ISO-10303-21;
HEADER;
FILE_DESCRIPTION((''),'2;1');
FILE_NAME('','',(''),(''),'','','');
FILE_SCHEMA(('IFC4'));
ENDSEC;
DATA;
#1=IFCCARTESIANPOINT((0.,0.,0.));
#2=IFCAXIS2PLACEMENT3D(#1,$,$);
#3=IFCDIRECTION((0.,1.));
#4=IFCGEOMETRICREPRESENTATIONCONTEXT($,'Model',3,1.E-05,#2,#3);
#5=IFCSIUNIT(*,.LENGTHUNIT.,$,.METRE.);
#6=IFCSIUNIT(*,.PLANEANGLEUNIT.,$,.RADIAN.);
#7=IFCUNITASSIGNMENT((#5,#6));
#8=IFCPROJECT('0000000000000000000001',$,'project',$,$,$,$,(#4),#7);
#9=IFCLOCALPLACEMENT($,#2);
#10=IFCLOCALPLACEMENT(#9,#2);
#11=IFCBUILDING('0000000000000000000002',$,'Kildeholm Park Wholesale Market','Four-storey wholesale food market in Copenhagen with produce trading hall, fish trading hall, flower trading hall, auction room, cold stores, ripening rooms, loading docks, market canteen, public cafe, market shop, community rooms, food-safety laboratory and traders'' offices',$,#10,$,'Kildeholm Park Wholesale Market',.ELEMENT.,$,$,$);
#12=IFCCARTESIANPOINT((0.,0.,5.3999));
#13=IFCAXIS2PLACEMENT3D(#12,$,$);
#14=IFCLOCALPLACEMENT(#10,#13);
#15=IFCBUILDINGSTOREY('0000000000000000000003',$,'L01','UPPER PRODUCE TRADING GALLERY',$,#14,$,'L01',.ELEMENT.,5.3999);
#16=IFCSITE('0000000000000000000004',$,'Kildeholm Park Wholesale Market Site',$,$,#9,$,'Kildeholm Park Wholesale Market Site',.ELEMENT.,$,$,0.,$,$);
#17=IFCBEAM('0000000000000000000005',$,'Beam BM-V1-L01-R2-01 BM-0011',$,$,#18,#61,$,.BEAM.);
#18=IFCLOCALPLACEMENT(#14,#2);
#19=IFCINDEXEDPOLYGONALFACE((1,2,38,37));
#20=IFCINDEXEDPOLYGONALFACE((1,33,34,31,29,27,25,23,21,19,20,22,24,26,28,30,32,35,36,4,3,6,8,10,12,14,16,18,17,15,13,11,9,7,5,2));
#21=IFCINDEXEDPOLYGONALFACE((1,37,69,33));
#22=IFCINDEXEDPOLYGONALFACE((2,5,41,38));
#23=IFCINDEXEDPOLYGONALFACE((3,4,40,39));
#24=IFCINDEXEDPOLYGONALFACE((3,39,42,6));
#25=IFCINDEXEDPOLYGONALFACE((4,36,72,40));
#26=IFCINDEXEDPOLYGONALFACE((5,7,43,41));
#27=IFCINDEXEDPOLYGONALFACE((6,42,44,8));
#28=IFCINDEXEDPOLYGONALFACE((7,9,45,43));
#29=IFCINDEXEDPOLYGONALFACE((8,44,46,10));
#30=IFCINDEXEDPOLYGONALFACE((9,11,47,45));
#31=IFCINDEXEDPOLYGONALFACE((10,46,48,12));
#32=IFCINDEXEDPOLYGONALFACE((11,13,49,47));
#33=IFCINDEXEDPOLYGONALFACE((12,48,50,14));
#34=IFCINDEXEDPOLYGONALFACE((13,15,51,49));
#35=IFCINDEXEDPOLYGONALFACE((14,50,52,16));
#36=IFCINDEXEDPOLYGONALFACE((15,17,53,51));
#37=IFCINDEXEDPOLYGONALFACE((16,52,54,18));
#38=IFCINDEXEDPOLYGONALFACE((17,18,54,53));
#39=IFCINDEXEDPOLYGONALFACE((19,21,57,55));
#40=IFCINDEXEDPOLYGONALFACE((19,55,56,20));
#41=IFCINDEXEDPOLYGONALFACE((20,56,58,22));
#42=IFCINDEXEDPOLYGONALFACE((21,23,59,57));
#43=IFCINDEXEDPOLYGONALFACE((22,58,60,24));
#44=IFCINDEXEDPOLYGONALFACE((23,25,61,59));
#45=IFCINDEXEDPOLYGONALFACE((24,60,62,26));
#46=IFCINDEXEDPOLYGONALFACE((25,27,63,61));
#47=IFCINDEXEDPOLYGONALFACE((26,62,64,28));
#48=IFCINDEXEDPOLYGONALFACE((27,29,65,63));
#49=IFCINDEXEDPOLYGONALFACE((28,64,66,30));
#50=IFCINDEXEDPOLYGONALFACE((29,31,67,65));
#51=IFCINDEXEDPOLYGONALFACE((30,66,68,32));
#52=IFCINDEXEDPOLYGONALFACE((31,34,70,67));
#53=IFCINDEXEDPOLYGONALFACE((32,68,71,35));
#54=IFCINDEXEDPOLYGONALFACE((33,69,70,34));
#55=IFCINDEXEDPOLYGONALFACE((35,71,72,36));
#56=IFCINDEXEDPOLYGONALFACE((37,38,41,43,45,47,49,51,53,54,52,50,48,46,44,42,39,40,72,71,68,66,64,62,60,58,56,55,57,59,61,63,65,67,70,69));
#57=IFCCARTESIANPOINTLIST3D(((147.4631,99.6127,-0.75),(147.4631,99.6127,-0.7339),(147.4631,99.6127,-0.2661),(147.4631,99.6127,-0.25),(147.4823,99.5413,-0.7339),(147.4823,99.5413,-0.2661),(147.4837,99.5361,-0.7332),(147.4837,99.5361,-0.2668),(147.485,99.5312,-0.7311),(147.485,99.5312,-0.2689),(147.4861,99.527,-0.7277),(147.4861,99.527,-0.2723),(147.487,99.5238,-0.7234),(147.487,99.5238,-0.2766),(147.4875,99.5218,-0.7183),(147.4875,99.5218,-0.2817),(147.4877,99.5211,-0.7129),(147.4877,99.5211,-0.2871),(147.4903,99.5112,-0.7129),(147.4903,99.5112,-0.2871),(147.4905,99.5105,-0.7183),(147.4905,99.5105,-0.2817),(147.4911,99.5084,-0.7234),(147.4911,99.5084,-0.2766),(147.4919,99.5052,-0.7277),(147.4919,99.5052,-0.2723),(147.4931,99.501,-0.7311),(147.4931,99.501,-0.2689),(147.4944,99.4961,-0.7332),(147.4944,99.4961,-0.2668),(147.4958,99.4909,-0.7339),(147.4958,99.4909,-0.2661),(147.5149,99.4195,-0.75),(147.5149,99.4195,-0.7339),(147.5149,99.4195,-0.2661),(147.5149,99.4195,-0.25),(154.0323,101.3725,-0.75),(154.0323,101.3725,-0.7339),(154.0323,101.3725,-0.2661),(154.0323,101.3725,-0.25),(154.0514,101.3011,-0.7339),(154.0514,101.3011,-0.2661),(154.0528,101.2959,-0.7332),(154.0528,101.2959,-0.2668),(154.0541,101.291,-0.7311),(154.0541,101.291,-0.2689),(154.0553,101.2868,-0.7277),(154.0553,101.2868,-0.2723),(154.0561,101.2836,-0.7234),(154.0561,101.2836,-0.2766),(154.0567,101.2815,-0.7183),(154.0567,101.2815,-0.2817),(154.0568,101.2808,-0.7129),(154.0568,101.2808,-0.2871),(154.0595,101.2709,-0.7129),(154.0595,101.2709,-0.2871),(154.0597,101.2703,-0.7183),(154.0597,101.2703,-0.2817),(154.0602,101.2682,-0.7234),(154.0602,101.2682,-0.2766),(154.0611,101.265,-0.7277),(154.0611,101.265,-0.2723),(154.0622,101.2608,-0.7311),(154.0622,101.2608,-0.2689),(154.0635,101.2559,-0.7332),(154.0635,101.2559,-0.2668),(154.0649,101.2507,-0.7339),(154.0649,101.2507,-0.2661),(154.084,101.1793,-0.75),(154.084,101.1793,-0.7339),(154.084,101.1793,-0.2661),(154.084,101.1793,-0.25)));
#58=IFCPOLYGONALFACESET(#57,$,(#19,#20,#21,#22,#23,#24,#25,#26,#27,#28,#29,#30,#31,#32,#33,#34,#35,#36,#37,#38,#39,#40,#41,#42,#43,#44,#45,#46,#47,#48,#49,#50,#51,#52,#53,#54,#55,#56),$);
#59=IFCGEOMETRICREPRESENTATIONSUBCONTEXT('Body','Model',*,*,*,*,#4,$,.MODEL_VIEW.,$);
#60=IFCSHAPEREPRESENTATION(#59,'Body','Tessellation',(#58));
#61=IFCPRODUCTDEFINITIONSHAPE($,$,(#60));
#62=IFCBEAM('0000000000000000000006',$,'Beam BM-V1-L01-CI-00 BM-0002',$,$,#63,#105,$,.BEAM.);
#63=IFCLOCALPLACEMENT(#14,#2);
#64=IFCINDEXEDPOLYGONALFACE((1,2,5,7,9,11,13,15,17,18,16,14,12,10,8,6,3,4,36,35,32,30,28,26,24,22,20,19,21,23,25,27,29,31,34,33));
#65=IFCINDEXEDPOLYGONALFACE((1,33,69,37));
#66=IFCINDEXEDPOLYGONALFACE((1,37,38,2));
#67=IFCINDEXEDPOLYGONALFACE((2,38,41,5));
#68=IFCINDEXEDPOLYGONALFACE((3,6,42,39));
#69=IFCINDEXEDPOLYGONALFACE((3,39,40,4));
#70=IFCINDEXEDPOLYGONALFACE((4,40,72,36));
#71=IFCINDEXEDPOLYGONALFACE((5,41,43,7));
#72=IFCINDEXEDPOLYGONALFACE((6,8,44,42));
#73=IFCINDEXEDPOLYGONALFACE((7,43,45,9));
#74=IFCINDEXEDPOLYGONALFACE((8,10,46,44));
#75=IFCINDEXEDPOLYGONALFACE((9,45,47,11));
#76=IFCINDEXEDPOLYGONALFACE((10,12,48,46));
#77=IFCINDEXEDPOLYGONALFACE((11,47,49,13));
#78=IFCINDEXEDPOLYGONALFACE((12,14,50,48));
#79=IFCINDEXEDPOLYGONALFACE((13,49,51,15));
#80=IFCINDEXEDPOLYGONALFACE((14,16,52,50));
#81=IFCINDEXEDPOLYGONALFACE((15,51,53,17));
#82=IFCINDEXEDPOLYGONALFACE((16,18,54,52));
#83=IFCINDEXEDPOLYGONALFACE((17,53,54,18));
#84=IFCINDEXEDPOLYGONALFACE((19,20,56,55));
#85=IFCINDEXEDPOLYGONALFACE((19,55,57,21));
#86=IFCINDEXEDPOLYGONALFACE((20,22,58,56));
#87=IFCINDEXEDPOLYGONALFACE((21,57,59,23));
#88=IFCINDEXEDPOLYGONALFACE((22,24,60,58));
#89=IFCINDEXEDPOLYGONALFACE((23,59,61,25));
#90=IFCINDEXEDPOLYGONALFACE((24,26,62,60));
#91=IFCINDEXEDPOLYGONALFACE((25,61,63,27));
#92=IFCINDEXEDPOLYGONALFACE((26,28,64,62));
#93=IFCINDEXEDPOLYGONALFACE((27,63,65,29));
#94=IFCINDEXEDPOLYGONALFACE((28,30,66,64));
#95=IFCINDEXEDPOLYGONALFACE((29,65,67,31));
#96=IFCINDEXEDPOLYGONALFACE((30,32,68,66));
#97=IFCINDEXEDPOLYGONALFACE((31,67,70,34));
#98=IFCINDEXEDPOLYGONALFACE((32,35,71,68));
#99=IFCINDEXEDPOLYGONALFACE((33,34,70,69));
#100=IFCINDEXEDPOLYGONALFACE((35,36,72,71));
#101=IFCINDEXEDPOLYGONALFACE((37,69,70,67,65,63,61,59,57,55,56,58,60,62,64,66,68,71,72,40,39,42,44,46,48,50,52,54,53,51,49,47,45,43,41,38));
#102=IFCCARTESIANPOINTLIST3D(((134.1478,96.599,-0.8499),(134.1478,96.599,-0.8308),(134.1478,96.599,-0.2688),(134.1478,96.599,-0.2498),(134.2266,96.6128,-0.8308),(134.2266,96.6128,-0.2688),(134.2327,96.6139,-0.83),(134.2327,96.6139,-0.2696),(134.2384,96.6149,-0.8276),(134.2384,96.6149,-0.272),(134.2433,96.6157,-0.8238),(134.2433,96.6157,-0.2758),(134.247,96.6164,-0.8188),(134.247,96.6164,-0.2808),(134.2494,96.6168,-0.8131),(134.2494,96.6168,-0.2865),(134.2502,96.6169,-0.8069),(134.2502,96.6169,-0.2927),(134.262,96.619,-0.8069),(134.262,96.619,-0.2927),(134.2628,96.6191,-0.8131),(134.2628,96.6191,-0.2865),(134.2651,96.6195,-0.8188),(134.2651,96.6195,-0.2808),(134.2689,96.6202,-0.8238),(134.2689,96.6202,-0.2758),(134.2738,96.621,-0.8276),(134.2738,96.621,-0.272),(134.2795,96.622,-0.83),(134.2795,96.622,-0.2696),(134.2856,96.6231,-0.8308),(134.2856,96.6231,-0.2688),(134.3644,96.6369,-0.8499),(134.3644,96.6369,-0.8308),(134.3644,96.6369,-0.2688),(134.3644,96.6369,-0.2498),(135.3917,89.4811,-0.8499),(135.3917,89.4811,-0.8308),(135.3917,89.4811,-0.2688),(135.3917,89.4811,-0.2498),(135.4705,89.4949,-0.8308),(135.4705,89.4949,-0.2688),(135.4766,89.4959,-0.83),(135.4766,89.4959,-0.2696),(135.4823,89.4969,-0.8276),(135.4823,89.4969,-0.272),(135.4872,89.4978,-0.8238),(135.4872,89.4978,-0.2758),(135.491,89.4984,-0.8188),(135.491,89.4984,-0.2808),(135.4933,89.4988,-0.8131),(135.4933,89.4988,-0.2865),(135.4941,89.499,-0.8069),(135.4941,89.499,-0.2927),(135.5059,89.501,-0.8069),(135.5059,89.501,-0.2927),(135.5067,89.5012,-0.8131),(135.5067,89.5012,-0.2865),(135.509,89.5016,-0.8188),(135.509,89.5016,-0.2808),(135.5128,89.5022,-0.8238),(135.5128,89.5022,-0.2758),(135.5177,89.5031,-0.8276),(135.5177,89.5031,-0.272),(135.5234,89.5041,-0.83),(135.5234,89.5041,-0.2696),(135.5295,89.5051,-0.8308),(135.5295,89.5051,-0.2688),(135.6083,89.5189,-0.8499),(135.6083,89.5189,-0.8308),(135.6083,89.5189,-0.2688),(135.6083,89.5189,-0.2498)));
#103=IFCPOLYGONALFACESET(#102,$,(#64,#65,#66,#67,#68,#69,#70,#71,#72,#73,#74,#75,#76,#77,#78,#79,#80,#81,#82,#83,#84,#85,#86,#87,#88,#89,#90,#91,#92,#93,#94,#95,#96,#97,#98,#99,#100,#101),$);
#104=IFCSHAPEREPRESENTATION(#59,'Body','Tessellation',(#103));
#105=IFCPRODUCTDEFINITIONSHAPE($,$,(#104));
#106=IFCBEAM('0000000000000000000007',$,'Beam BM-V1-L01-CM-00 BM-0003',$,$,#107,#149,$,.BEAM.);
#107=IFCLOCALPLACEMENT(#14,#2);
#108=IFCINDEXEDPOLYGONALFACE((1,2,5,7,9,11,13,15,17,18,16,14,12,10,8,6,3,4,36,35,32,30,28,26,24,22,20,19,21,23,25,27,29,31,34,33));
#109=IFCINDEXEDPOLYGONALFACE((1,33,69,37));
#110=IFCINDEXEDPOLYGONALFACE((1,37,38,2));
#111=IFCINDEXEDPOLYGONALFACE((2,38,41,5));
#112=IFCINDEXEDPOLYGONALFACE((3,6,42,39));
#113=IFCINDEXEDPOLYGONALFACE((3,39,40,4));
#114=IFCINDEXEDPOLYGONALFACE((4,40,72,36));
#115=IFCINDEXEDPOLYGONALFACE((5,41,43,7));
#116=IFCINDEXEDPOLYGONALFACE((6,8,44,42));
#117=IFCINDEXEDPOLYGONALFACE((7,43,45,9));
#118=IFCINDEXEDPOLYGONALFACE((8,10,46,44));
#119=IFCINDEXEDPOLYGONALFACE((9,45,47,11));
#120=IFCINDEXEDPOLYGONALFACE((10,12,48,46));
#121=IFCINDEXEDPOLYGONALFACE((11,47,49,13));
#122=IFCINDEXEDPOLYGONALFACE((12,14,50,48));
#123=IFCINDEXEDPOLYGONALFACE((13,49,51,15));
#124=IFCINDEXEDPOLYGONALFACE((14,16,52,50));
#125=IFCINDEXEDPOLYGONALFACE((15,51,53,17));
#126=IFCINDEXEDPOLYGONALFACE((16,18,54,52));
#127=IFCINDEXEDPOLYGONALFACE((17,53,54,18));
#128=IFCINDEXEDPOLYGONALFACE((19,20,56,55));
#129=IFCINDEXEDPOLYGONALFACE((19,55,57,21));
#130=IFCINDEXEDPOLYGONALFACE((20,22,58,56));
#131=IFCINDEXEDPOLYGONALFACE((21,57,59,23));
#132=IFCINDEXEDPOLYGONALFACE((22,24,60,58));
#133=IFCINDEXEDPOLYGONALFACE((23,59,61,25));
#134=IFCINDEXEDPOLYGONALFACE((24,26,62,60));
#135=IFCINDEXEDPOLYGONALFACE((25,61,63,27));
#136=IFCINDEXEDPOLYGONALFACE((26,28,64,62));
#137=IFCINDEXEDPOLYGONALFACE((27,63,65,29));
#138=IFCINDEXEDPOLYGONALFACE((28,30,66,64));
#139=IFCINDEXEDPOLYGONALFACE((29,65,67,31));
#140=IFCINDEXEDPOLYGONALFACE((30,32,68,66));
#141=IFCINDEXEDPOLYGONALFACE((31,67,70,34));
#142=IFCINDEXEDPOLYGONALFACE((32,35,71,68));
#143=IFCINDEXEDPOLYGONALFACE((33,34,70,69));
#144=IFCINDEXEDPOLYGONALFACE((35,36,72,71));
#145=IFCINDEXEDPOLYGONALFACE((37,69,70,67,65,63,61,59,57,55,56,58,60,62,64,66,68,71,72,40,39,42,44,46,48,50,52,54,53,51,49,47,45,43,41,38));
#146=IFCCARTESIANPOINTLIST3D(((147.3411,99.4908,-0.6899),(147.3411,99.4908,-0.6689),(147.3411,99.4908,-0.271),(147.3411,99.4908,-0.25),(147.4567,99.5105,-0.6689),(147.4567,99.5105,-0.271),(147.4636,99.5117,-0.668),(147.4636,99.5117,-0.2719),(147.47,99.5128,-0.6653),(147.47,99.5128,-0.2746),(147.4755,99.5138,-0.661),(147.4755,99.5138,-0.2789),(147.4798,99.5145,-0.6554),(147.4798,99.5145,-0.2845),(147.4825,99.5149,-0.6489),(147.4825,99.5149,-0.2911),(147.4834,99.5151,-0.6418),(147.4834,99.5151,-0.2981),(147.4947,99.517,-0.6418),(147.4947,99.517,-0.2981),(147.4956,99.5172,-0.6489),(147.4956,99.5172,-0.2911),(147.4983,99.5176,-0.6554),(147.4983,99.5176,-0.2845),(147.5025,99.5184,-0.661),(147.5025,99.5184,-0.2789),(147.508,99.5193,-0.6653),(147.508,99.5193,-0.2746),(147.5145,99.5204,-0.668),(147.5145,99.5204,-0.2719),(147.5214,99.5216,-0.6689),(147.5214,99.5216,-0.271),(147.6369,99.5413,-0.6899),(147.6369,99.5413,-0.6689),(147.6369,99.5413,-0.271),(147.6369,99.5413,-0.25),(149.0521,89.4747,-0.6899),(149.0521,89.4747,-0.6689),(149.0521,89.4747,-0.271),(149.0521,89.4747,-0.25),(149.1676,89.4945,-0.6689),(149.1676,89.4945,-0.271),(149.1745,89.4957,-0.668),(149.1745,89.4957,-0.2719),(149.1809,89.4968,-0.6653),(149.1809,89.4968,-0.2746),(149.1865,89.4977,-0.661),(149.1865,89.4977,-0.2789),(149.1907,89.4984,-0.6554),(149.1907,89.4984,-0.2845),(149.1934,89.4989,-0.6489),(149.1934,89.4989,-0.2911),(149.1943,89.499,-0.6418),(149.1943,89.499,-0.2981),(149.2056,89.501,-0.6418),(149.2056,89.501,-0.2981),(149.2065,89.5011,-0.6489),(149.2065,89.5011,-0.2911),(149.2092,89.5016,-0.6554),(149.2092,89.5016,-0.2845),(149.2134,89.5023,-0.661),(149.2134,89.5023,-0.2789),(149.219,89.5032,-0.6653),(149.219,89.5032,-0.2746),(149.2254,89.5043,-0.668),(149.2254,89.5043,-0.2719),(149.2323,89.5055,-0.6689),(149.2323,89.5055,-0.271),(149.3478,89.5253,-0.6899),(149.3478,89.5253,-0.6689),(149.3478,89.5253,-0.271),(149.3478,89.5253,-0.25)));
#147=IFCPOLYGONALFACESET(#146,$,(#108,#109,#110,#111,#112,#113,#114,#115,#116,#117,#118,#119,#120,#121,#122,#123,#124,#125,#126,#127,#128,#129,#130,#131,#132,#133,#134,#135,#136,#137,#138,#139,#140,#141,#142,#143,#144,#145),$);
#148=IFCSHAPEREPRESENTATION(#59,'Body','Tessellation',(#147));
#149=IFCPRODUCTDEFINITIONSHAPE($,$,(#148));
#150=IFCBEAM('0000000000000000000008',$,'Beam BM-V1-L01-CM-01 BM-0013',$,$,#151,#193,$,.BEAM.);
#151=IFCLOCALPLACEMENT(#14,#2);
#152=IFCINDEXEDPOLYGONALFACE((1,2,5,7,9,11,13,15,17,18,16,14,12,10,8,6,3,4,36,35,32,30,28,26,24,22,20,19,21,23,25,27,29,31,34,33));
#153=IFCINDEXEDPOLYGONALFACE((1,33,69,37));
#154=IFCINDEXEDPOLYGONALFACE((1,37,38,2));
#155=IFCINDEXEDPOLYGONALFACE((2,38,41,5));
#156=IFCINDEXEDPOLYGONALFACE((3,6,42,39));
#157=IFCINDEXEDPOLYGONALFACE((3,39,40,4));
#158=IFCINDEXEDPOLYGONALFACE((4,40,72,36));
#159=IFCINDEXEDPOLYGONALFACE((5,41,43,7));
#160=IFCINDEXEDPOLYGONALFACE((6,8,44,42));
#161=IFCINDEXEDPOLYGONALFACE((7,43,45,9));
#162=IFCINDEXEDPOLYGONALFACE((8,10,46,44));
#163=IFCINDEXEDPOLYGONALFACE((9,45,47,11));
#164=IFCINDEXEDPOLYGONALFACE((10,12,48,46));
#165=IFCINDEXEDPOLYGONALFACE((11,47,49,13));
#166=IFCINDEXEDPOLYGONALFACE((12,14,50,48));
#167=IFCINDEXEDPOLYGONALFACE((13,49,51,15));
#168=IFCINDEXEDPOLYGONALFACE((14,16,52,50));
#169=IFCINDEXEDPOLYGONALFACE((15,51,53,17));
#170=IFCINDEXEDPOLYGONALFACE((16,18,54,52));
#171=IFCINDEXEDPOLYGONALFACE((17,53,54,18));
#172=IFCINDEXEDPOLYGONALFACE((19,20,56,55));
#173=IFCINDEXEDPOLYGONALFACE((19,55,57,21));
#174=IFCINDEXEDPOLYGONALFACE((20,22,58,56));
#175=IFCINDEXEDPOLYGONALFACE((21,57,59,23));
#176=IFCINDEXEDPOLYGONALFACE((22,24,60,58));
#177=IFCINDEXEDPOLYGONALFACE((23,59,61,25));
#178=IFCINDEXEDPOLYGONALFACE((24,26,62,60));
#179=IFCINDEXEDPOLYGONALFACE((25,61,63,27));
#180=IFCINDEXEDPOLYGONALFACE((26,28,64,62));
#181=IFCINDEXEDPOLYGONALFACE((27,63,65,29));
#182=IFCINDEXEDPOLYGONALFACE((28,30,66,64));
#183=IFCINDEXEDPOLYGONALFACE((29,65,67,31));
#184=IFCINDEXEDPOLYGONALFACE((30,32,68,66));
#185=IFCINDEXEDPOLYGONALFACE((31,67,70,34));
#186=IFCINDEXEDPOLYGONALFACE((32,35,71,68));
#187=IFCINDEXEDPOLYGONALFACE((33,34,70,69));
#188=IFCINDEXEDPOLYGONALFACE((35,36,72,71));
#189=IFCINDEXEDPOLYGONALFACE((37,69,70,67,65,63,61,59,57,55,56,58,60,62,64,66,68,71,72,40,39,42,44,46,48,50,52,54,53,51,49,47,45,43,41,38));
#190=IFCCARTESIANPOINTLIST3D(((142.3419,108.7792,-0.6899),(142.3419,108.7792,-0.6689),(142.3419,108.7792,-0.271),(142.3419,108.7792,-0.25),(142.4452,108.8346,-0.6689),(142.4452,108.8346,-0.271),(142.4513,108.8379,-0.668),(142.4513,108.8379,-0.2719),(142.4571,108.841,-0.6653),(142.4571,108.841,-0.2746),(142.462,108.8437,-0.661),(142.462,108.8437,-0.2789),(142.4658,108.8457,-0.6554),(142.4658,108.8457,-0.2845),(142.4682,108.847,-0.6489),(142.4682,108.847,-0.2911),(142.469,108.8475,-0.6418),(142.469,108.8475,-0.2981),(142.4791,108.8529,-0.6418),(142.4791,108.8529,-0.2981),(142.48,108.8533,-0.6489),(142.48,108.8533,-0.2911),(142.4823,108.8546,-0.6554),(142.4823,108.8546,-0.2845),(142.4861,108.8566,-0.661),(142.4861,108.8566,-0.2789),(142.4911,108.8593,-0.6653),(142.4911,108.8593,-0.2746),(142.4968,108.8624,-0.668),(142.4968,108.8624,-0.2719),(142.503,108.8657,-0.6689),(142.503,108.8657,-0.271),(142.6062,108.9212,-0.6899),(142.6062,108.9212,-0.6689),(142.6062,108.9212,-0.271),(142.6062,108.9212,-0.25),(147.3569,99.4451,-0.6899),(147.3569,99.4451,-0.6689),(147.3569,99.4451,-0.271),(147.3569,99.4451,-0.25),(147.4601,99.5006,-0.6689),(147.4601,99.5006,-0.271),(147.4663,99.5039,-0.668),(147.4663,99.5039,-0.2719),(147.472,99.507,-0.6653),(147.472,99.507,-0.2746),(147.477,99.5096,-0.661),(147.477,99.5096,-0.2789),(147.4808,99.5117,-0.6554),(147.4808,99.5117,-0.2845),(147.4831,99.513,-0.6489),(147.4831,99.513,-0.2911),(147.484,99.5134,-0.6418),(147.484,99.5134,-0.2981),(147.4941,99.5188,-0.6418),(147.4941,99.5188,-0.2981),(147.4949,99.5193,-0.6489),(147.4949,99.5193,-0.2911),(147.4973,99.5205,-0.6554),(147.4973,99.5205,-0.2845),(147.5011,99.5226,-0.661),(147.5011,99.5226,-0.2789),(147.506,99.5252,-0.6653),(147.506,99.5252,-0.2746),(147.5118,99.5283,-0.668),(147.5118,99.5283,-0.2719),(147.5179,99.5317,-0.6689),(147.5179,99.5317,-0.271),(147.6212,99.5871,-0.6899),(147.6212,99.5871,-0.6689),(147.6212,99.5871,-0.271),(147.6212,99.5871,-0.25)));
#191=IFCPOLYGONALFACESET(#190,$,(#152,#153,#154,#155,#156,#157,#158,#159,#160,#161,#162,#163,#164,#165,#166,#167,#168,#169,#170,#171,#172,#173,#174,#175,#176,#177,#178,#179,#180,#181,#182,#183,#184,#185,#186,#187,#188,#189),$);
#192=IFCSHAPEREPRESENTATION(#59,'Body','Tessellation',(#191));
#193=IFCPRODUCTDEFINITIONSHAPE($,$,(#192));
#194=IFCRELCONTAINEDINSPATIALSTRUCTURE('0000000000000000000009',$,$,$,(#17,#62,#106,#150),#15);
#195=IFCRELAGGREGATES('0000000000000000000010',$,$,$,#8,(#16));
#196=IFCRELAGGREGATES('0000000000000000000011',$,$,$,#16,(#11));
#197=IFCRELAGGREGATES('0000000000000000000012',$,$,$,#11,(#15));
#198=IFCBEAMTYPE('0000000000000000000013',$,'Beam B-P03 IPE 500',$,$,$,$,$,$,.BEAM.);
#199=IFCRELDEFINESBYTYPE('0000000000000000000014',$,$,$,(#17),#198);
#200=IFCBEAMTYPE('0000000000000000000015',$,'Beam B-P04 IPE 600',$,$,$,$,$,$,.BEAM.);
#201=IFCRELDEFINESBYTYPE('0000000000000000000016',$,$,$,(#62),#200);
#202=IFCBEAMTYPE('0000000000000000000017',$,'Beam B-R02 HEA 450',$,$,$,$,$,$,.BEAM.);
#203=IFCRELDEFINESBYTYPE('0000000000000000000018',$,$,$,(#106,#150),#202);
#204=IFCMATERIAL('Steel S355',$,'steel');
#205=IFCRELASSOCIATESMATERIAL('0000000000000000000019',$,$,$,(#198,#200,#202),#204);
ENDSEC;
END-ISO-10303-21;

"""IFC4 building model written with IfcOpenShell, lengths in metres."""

from ifc_helpers import new_model, si_unit, direction, frame, origin, origin_2d, place, context, subcontext, project, spatial, i_section, extrude, material, material_profile, profile_set, type_object, element, save


model = new_model("IFC4")

# Units and contexts
model_context = context("Model", 3, precision=1e-05, world=origin(), true_north=direction((0.0, 1.0)))
body_context = subcontext(model_context, "Body", "Model", "MODEL_VIEW")
ifc_project = project(units=[si_unit("LENGTHUNIT", "METRE"), si_unit("PLANEANGLEUNIT", "RADIAN")], contexts=[model_context])

# Site, building, storey
site_placement = place(None, origin())
site = spatial("IfcSite", under=ifc_project, at=site_placement, Name="Kildeholm Park Wholesale Market Site", LongName="Kildeholm Park Wholesale Market Site", CompositionType="ELEMENT", RefElevation=0.0)
building_placement = place(site_placement, origin())
building = spatial("IfcBuilding", under=site, at=building_placement, Name="Kildeholm Park Wholesale Market", Description="Four-storey wholesale food market in Copenhagen with produce trading hall, fish trading hall, flower trading hall, auction room, cold stores, ripening rooms, loading docks, market canteen, public cafe, market shop, community rooms, food-safety laboratory and traders' offices", LongName="Kildeholm Park Wholesale Market", CompositionType="ELEMENT")
storey_placement = place(building_placement, frame((0.0, 0.0, 5.3999)))
storey = spatial("IfcBuildingStorey", under=building, at=storey_placement, Name="L01", Description="UPPER PRODUCE TRADING GALLERY", LongName="L01", CompositionType="ELEMENT", Elevation=5.3999)

# Shared definitions
ifc_material_1 = material(Name="Steel S355", Category="steel")

# Beams
ifc_material_profile_1 = material_profile(ifc_material_1, i_section(OverallWidth=0.2, OverallDepth=0.5, WebThickness=0.0103, FlangeThickness=0.0161, FilletRadius=0.021, at=origin_2d()), Name="IPE 500")
ifc_profile_set_1 = profile_set([ifc_material_profile_1], Name="Steel S355")
beam_type_1 = type_object("IfcBeamType", Name="Beam B-P03 IPE 500", PredefinedType="BEAM", material=ifc_profile_set_1)
beam_1_placement = place(storey_placement, frame((147.489, 99.5161, -0.5), z_axis=(0.965941, 0.258762, 0.0), x_axis=(-0.258762, 0.965941, 0.0)))
element("IfcBeam", 1, at=beam_1_placement, inside=storey, type_object=beam_type_1, Name="Beam BM-V1-L01-R2-01 BM-0011", PredefinedType="BEAM", context=body_context, shape_type="SweptSolid", body=[
    extrude(i_section(OverallWidth=0.2, OverallDepth=0.5, WebThickness=0.0103, FlangeThickness=0.0161, FilletRadius=0.021, at=origin_2d()), origin(), (0.0, 0.0, 1.0), 6.8008),
])
ifc_material_profile_2 = material_profile(ifc_material_1, i_section(OverallWidth=0.22, OverallDepth=0.6001, WebThickness=0.012, FlangeThickness=0.019, FilletRadius=0.0239, at=origin_2d()), Name="IPE 600")
ifc_profile_set_2 = profile_set([ifc_material_profile_2], Name="Steel S355")
beam_type_2 = type_object("IfcBeamType", Name="Beam B-P04 IPE 600", PredefinedType="BEAM", material=ifc_profile_set_2)
beam_2_placement = place(storey_placement, frame((135.5, 89.5, -0.5498), z_axis=(-0.172147, 0.985071, 0.0), x_axis=(-0.985071, -0.172147, 0.0)))
element("IfcBeam", 2, at=beam_2_placement, inside=storey, type_object=beam_type_2, Name="Beam BM-V1-L01-CI-00 BM-0002", PredefinedType="BEAM", context=body_context, shape_type="SweptSolid", body=[
    extrude(i_section(OverallWidth=0.22, OverallDepth=0.6001, WebThickness=0.012, FlangeThickness=0.019, FilletRadius=0.0239, at=origin_2d()), origin(), (0.0, 0.0, 1.0), 7.2258),
])
ifc_material_profile_3 = material_profile(ifc_material_1, i_section(OverallWidth=0.3, OverallDepth=0.4399, WebThickness=0.0115, FlangeThickness=0.021, FilletRadius=0.0271, at=origin_2d()), Name="HEA 450")
ifc_profile_set_3 = profile_set([ifc_material_profile_3], Name="Steel S355")
beam_type_3 = type_object("IfcBeamType", Name="Beam B-R02 HEA 450", PredefinedType="BEAM", material=ifc_profile_set_3)
beam_3_placement = place(storey_placement, frame((149.2, 89.5, -0.47), z_axis=(-0.16838, 0.985722, 0.0), x_axis=(-0.985722, -0.16838, 0.0)))
element("IfcBeam", 3, at=beam_3_placement, inside=storey, type_object=beam_type_3, Name="Beam BM-V1-L01-CM-00 BM-0003", PredefinedType="BEAM", context=body_context, shape_type="SweptSolid", body=[
    extrude(i_section(OverallWidth=0.3, OverallDepth=0.4399, WebThickness=0.0115, FlangeThickness=0.021, FilletRadius=0.0271, at=origin_2d()), origin(), (0.0, 0.0, 1.0), 10.1611),
])
beam_4_placement = place(storey_placement, frame((147.489, 99.5161, -0.47), z_axis=(-0.473288, 0.880908, 0.0), x_axis=(-0.880908, -0.473288, 0.0)))
element("IfcBeam", 4, at=beam_4_placement, inside=storey, type_object=beam_type_3, Name="Beam BM-V1-L01-CM-01 BM-0013", PredefinedType="BEAM", context=body_context, shape_type="SweptSolid", body=[
    extrude(i_section(OverallWidth=0.3, OverallDepth=0.4399, WebThickness=0.0115, FlangeThickness=0.021, FilletRadius=0.0271, at=origin_2d()), origin(), (0.0, 0.0, 1.0), 10.5959),
])

save(model, "model.ifc")
